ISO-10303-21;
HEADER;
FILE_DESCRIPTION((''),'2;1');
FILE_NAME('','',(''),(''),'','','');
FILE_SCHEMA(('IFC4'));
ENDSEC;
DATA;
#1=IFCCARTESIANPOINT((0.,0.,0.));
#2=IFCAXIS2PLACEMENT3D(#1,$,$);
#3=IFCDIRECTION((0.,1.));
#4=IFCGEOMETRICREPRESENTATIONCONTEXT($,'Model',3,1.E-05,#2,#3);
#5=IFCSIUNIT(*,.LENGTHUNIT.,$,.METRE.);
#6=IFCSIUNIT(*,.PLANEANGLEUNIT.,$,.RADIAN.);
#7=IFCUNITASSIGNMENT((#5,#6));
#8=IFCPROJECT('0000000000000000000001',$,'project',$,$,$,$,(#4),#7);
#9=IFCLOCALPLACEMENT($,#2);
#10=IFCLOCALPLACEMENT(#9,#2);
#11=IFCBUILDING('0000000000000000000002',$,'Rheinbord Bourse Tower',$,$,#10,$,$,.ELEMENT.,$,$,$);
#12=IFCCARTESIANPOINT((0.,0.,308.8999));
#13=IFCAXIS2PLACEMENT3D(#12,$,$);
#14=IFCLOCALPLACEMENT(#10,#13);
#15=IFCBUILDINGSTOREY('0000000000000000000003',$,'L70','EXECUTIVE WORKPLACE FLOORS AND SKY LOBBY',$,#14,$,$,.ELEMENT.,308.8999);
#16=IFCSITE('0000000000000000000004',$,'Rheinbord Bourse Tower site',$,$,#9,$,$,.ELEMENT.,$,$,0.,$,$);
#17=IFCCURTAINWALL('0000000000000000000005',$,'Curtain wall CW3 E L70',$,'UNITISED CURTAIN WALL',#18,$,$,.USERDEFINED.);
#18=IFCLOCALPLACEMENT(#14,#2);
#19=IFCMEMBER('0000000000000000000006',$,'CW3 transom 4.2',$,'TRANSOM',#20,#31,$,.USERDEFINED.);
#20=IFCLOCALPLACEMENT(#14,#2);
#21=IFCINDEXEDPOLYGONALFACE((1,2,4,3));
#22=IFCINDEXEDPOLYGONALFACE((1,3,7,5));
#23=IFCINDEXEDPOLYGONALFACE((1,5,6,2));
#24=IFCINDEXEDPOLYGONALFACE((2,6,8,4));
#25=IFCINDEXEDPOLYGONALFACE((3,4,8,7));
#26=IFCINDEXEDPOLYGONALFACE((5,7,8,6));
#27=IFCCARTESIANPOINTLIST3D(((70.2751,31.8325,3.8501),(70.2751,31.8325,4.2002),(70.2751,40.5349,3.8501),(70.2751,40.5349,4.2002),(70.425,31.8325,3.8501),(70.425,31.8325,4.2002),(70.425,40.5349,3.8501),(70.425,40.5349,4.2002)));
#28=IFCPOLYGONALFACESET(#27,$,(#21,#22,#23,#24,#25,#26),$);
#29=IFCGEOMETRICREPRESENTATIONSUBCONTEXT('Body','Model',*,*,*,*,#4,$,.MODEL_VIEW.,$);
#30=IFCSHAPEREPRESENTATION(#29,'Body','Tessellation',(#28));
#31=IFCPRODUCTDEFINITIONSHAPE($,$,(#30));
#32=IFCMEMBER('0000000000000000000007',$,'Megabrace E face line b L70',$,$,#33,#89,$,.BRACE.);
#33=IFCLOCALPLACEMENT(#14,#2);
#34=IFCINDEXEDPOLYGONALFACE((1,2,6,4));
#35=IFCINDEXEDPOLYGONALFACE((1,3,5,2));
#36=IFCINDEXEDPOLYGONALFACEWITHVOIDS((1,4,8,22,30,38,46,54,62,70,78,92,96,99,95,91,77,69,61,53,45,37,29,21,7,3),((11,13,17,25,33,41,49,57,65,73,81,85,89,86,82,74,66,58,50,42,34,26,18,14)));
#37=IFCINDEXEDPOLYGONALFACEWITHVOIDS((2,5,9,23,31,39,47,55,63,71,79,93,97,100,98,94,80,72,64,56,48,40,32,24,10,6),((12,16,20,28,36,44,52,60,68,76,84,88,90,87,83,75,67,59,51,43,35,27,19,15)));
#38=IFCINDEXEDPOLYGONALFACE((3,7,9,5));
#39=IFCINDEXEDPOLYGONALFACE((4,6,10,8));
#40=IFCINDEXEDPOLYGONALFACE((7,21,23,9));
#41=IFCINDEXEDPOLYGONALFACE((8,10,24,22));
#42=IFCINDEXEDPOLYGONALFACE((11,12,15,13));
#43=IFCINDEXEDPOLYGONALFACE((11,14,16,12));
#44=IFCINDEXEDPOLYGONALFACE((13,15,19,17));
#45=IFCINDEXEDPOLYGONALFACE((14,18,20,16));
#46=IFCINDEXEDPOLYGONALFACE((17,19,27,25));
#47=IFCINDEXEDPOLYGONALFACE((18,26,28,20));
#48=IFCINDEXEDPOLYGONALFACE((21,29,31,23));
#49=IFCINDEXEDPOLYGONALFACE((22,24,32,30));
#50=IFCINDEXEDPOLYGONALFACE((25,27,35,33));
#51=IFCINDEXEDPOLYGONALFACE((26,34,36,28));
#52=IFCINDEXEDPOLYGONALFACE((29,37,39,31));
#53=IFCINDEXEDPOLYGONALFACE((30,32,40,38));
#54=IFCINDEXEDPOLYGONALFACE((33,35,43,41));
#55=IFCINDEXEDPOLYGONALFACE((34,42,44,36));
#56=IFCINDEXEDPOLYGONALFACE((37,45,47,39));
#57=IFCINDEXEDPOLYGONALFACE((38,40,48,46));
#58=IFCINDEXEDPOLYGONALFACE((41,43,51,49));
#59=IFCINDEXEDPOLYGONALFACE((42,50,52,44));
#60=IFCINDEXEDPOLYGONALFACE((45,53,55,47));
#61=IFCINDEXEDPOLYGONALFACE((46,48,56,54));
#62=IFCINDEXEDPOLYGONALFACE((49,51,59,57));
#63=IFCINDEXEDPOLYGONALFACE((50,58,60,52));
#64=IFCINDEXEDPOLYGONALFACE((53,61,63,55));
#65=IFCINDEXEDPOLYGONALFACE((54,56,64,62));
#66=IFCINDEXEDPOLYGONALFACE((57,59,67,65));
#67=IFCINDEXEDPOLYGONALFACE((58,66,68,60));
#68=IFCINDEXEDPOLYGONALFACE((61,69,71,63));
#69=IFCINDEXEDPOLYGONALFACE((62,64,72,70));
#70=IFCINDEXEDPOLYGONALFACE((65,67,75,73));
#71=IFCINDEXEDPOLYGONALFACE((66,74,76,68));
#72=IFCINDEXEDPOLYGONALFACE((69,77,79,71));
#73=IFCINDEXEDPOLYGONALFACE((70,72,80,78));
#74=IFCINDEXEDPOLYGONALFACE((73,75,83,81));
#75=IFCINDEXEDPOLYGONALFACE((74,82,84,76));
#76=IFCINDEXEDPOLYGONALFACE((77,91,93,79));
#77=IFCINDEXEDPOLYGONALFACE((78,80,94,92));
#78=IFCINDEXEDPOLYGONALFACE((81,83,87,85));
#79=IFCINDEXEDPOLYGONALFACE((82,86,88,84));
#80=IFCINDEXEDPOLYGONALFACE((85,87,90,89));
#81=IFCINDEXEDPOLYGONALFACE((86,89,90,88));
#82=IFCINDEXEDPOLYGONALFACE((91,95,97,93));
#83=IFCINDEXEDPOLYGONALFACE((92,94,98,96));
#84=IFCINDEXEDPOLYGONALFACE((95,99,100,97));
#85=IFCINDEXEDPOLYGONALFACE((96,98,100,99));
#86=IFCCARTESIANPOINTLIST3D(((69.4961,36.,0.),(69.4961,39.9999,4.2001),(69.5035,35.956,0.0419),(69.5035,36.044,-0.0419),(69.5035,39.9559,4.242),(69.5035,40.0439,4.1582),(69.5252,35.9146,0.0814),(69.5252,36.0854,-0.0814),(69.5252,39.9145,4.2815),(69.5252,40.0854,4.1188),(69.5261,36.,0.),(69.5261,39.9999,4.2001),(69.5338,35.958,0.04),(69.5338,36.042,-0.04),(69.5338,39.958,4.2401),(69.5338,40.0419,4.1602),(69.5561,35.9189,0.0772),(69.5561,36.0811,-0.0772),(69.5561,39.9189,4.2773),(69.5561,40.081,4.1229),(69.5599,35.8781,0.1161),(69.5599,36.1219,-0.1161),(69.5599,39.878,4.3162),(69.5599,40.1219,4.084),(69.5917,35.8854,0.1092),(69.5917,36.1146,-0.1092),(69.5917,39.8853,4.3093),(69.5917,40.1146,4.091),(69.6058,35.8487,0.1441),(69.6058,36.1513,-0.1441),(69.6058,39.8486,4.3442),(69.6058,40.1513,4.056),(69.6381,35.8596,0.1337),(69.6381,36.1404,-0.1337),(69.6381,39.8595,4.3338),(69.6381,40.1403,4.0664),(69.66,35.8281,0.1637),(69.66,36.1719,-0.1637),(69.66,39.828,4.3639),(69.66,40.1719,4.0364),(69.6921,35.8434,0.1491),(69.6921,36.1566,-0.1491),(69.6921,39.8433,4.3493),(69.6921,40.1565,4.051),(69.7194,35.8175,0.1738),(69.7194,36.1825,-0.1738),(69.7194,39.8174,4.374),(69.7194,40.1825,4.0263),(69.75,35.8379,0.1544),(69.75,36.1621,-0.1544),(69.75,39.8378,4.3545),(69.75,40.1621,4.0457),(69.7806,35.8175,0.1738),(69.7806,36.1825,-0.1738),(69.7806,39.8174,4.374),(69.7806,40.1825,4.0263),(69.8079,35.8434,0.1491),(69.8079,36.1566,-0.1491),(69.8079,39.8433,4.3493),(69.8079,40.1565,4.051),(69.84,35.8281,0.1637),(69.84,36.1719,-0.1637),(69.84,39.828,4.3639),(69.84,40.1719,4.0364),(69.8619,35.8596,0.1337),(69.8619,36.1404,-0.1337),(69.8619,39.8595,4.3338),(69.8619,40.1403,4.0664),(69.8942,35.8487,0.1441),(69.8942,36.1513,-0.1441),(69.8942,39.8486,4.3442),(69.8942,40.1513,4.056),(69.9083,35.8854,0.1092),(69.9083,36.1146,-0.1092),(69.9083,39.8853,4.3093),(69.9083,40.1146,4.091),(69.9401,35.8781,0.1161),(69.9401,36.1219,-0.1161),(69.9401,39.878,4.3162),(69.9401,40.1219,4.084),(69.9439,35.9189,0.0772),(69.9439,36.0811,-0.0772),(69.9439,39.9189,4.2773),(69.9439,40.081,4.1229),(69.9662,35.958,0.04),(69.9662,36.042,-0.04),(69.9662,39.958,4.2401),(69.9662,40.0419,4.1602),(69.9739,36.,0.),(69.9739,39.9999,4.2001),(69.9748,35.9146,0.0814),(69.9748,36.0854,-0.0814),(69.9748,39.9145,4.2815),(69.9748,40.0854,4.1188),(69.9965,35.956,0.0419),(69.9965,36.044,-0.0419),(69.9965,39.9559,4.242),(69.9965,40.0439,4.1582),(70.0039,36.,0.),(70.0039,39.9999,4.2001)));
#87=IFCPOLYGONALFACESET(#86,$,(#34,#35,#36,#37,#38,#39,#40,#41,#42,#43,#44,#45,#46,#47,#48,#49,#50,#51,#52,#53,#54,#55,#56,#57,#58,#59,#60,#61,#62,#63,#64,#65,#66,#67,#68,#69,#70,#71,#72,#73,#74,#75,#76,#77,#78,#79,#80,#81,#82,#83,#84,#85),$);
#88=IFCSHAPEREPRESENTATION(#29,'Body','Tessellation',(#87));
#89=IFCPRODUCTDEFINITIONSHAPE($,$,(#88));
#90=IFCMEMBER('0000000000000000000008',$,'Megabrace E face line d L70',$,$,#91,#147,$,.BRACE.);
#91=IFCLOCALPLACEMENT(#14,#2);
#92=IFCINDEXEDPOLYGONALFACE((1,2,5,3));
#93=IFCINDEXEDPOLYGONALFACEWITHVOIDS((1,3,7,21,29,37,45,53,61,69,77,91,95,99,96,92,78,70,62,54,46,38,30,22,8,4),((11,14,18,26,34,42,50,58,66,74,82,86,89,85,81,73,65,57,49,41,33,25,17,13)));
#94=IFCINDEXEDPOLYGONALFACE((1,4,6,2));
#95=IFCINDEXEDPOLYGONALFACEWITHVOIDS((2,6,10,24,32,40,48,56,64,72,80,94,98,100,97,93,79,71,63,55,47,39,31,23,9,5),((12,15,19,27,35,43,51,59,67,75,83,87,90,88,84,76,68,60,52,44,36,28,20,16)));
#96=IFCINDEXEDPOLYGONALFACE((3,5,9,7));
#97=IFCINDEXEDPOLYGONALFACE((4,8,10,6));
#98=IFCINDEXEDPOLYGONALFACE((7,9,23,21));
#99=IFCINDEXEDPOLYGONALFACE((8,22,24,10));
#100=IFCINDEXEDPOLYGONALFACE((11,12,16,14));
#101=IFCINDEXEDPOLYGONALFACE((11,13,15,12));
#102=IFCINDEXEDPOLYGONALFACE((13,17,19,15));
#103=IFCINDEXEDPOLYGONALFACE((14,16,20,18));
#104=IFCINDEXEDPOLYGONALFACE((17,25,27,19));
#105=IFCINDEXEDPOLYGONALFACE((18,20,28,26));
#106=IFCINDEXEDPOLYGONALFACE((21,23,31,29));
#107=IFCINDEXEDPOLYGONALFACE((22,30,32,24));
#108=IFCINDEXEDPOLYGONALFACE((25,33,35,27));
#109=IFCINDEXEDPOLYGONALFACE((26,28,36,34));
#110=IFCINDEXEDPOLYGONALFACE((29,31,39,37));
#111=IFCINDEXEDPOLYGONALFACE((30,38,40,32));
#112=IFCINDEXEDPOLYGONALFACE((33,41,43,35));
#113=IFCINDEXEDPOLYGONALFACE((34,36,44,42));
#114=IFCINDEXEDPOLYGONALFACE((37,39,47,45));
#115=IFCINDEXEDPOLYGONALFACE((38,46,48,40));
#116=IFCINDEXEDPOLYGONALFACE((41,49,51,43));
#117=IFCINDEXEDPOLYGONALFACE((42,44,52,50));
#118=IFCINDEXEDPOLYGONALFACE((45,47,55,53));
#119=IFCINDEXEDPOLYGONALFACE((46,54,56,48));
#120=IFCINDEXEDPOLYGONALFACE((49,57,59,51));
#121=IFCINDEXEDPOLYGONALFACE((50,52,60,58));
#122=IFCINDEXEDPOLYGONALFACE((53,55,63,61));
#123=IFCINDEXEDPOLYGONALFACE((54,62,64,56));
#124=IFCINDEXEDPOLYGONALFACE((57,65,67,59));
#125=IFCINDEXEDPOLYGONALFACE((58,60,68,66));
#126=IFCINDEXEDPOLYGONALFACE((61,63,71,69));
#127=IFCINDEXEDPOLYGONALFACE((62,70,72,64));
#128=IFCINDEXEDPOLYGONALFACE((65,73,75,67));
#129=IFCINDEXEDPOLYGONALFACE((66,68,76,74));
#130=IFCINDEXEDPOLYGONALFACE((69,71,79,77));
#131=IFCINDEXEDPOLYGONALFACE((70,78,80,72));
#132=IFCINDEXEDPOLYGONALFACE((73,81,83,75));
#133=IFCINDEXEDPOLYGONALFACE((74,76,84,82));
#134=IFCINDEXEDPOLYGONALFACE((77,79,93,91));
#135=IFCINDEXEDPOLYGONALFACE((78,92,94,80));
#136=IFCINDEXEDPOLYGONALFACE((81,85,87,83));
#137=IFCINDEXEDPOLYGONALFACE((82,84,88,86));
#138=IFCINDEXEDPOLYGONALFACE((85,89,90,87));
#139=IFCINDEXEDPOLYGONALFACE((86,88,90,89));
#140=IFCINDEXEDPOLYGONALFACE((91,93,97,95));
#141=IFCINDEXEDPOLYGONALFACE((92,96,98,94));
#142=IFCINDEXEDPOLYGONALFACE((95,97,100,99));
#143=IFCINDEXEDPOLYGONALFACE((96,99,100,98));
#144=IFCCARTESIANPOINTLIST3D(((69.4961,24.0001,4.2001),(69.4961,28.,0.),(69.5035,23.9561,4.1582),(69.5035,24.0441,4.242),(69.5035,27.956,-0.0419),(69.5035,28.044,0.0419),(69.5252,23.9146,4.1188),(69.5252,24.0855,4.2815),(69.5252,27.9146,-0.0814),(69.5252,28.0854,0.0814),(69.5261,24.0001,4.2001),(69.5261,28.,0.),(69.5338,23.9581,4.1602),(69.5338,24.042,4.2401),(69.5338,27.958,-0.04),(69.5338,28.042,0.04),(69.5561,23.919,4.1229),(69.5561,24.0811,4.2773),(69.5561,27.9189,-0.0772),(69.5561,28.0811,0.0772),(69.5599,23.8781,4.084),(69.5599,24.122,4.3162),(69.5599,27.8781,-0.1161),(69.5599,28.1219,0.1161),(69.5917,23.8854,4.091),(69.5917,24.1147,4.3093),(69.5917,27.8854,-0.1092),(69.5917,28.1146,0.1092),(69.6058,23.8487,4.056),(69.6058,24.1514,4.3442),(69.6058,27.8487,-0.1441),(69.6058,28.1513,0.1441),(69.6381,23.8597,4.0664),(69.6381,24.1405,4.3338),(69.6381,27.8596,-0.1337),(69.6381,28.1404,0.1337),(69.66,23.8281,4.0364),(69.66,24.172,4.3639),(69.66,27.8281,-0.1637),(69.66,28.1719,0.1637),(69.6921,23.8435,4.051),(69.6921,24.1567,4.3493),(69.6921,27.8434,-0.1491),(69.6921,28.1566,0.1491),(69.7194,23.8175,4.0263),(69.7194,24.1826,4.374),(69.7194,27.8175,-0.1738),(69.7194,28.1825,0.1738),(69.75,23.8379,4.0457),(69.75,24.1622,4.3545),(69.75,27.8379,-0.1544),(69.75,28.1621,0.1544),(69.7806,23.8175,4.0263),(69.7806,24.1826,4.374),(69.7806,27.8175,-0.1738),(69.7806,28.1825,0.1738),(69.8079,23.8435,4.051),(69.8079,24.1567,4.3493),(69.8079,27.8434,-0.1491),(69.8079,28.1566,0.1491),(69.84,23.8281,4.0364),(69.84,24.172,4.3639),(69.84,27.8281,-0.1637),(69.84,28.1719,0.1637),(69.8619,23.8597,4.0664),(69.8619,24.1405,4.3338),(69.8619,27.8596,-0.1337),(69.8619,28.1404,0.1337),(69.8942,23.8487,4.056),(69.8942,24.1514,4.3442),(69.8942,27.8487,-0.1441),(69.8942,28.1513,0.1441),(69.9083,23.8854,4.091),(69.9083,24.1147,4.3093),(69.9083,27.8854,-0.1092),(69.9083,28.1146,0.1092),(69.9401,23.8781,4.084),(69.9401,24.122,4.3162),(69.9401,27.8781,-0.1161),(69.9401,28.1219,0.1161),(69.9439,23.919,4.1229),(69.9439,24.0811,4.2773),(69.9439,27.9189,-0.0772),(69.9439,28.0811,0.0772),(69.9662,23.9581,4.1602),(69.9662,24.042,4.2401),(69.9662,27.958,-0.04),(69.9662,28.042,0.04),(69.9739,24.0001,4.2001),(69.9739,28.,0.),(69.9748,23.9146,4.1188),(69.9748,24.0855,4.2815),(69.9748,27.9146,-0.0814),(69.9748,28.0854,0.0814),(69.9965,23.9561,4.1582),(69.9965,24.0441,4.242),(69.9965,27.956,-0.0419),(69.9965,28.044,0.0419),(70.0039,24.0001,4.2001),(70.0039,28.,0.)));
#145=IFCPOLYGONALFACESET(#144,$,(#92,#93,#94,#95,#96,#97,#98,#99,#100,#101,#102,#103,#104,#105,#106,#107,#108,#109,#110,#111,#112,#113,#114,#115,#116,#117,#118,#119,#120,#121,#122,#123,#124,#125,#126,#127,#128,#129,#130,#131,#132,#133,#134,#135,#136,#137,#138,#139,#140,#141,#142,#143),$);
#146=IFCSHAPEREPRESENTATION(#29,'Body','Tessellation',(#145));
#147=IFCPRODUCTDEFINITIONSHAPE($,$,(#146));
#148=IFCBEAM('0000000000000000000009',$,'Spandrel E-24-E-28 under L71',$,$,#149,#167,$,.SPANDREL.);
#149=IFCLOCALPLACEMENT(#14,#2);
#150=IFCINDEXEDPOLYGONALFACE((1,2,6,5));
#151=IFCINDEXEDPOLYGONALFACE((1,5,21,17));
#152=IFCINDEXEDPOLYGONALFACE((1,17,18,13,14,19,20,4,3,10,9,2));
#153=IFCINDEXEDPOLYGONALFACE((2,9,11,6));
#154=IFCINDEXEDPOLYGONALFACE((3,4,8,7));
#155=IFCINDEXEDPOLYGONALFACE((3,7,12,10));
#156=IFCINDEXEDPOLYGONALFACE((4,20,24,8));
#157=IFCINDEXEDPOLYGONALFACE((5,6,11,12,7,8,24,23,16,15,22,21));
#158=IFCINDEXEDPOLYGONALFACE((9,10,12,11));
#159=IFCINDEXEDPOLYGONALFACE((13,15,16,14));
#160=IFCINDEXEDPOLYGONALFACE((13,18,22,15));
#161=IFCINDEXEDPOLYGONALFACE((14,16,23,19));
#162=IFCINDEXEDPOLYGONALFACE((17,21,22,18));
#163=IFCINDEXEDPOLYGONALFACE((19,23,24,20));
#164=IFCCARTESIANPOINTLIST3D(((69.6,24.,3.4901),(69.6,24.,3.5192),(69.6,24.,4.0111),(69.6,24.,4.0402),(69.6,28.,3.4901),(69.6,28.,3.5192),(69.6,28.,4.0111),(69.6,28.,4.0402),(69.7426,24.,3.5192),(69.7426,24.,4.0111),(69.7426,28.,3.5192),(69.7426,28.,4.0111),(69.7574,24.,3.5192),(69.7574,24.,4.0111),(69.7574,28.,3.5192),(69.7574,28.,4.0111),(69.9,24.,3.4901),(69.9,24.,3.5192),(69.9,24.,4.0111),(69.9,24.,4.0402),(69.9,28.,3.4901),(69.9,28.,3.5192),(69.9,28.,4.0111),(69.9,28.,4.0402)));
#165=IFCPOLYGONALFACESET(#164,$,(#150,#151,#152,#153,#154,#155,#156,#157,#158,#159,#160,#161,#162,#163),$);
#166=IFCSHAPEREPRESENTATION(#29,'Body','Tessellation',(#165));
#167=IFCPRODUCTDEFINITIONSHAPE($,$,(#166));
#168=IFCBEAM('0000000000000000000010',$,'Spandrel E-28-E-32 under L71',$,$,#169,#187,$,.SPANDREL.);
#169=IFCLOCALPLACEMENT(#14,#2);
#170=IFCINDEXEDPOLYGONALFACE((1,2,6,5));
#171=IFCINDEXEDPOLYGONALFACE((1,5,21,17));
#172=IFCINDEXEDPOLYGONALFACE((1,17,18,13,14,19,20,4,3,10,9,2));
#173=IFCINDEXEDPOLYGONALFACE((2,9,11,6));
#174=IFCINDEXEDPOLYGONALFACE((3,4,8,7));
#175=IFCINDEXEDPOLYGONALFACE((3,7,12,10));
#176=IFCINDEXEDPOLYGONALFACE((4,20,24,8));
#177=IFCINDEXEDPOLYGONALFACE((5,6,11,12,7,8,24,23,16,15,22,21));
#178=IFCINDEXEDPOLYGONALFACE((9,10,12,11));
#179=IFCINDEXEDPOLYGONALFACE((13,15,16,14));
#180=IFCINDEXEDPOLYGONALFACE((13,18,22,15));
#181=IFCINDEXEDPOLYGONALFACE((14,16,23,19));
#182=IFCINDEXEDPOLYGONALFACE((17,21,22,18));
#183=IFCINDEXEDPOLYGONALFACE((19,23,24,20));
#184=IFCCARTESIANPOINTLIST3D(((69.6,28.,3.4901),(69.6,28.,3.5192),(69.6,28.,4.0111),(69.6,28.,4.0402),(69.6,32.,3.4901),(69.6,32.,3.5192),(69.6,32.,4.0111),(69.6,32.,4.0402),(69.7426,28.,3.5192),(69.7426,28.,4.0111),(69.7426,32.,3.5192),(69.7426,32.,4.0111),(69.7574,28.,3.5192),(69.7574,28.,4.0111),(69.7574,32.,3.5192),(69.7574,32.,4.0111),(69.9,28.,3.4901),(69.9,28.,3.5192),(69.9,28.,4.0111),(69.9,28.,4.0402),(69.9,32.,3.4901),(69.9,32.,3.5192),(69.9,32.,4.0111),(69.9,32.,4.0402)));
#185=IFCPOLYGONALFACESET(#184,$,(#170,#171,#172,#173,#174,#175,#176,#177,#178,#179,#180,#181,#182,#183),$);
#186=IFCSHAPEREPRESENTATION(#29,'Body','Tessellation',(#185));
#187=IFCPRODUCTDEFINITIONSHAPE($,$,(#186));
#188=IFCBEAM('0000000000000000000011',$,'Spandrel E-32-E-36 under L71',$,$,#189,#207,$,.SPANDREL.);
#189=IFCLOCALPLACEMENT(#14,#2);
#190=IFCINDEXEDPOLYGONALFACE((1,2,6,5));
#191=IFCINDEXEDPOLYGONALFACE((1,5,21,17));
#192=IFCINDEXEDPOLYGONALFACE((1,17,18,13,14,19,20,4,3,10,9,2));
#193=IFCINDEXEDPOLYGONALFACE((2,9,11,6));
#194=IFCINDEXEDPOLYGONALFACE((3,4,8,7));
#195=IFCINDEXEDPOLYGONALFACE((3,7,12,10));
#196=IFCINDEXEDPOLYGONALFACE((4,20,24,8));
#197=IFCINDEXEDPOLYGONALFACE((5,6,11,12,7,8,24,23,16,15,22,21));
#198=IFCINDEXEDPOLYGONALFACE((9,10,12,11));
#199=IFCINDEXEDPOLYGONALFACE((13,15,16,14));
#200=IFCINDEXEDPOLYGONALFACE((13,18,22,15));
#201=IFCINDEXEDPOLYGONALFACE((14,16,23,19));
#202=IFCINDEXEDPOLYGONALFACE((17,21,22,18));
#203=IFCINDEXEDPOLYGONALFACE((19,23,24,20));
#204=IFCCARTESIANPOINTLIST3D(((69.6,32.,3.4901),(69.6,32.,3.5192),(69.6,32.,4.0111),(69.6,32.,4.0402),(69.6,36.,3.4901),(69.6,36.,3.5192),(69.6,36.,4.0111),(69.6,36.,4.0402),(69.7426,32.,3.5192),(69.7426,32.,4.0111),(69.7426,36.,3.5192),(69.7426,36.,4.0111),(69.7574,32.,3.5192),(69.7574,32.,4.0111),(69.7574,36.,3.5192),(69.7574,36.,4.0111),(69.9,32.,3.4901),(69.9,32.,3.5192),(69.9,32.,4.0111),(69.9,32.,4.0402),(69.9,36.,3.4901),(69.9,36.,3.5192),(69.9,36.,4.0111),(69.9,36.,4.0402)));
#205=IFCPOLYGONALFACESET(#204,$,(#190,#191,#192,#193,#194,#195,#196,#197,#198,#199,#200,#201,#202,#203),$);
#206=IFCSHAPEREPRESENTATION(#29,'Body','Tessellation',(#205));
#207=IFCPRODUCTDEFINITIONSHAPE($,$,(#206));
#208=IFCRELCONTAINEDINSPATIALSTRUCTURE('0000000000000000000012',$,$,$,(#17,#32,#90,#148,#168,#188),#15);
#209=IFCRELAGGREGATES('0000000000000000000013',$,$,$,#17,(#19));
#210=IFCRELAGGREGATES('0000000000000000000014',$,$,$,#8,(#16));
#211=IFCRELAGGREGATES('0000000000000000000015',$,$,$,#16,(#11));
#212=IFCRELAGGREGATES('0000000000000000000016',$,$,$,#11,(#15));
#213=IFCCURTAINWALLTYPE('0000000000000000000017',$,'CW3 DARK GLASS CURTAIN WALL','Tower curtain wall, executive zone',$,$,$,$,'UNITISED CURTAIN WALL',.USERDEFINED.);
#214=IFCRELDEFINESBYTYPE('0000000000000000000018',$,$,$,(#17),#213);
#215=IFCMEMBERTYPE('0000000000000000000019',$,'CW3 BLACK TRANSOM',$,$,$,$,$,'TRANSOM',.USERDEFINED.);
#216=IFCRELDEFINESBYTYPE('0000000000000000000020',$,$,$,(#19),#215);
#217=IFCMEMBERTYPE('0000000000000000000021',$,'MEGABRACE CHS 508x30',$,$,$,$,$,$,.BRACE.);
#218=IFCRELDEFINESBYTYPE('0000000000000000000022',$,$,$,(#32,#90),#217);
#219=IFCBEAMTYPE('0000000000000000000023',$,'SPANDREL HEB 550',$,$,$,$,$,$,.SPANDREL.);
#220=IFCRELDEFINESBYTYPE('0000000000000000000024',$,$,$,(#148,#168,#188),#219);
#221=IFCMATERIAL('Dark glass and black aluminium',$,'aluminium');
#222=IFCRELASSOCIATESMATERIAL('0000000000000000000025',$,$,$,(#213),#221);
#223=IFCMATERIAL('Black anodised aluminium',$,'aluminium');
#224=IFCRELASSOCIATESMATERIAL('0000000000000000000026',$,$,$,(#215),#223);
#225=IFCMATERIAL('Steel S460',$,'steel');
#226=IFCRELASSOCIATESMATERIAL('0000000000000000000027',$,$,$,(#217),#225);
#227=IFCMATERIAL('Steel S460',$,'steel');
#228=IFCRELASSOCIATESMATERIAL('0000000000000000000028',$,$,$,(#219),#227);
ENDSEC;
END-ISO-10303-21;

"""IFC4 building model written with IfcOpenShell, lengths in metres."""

from ifc_helpers import new_model, si_unit, direction, frame, origin, origin_2d, place, context, subcontext, project, spatial, rectangle, hollow_circle, i_section, extrude, material, material_profile, profile_set, type_object, element, aggregate, save


model = new_model("IFC4")

# Units and contexts
model_context = context("Model", 3, precision=1e-05, world=origin(), true_north=direction((0.0, 1.0)))
body_context = subcontext(model_context, "Body", "Model", "MODEL_VIEW")
ifc_project = project(units=[si_unit("LENGTHUNIT", "METRE"), si_unit("PLANEANGLEUNIT", "RADIAN")], contexts=[model_context])

# Site, building, storey
site_placement = place(None, origin())
site = spatial("IfcSite", under=ifc_project, at=site_placement, Name="Rheinbord Bourse Tower site", CompositionType="ELEMENT", RefElevation=0.0)
building_placement = place(site_placement, origin())
building = spatial("IfcBuilding", under=site, at=building_placement, Name="Rheinbord Bourse Tower", CompositionType="ELEMENT")
storey_placement = place(building_placement, frame((0.0, 0.0, 308.8999)))
storey = spatial("IfcBuildingStorey", under=building, at=storey_placement, Name="L70", Description="EXECUTIVE WORKPLACE FLOORS AND SKY LOBBY", CompositionType="ELEMENT", Elevation=308.8999)

# Curtain wall, member
ifc_material_1 = material(Name="Dark glass and black aluminium", Category="aluminium")
curtain_wall_type = type_object("IfcCurtainWallType", Name="CW3 DARK GLASS CURTAIN WALL", Description="Tower curtain wall, executive zone", ElementType="UNITISED CURTAIN WALL", PredefinedType="USERDEFINED", material=ifc_material_1)
curtain_wall_placement = place(storey_placement, origin())
curtain_wall = element("IfcCurtainWall", 1, at=curtain_wall_placement, inside=storey, type_object=curtain_wall_type, Name="Curtain wall CW3 E L70", ObjectType="UNITISED CURTAIN WALL", PredefinedType="USERDEFINED")
ifc_material_2 = material(Name="Black anodised aluminium", Category="aluminium")
ifc_material_profile_1 = material_profile(ifc_material_2, rectangle(XDim=0.1499, YDim=0.3501, at=origin_2d()), Name="CW3 TRANSOM 350x150")
ifc_profile_set_1 = profile_set([ifc_material_profile_1], Name="Black anodised aluminium")
member_type_1 = type_object("IfcMemberType", Name="CW3 BLACK TRANSOM", ElementType="TRANSOM", PredefinedType="USERDEFINED", material=ifc_profile_set_1)
member_1_placement = place(storey_placement, frame((70.3501, 31.8325, 4.0251), z_axis=(0.0, 1.0, 0.0), x_axis=(-1.0, 0.0, 0.0)))
member_1 = element("IfcMember", 2, at=member_1_placement, type_object=member_type_1, Name="CW3 transom 4.2", ObjectType="TRANSOM", PredefinedType="USERDEFINED", context=body_context, shape_type="SweptSolid", body=[
    extrude(rectangle(XDim=0.1499, YDim=0.3501, at=origin_2d()), origin(), (0.0, 0.0, 1.0), 8.7024),
])

# Members
ifc_material_3 = material(Name="Steel S460", Category="steel")
ifc_material_profile_2 = material_profile(ifc_material_3, hollow_circle(Radius=0.2539, WallThickness=0.03, at=origin_2d()), Name="CHS 508x30")
ifc_profile_set_2 = profile_set([ifc_material_profile_2], Name="Steel S460")
member_type_2 = type_object("IfcMemberType", Name="MEGABRACE CHS 508x30", PredefinedType="BRACE", material=ifc_profile_set_2)
for number, where, z_axis, x_axis, name in (
    (3, (69.75, 36.0, 0.0), (0.0, 0.689638, 0.724154), (-1.0, 0.0, 0.0), "Megabrace E face line b L70"),
    (4, (69.75, 28.0, 0.0), (0.0, -0.689638, 0.724154), (1.0, 0.0, 0.0), "Megabrace E face line d L70"),
):
    element("IfcMember", number, at=place(storey_placement, frame(where, z_axis=z_axis, x_axis=x_axis)), inside=storey, type_object=member_type_2, Name=name, PredefinedType="BRACE", context=body_context, shape_type="SweptSolid", body=[
        extrude(hollow_circle(Radius=0.2539, WallThickness=0.03, at=origin_2d()), origin(), (0.0, 0.0, 1.0), 5.8),
    ])

# Beams
ifc_material_4 = material(Name="Steel S460", Category="steel")
ifc_material_profile_3 = material_profile(ifc_material_4, i_section(OverallWidth=0.3, OverallDepth=0.55, WebThickness=0.0149, FlangeThickness=0.0291, at=origin_2d()), Name="HEB 550")
ifc_profile_set_3 = profile_set([ifc_material_profile_3], Name="Steel S460")
beam_type_1 = type_object("IfcBeamType", Name="SPANDREL HEB 550", PredefinedType="SPANDREL", material=ifc_profile_set_3)
for number, where, z_axis, x_axis, name in (
    (5, (69.75, 24.0, 3.7651), (0.0, 1.0, 0.0), (-1.0, 0.0, 0.0), "Spandrel E-24-E-28 under L71"),
    (6, (69.75, 28.0, 3.7651), (0.0, 1.0, 0.0), (-1.0, 0.0, 0.0), "Spandrel E-28-E-32 under L71"),
    (7, (69.75, 32.0, 3.7651), (0.0, 1.0, 0.0), (-1.0, 0.0, 0.0), "Spandrel E-32-E-36 under L71"),
):
    element("IfcBeam", number, at=place(storey_placement, frame(where, z_axis=z_axis, x_axis=x_axis)), inside=storey, type_object=beam_type_1, Name=name, PredefinedType="SPANDREL", context=body_context, shape_type="SweptSolid", body=[
        extrude(i_section(OverallWidth=0.3, OverallDepth=0.55, WebThickness=0.0149, FlangeThickness=0.0291, at=origin_2d()), origin(), (0.0, 0.0, 1.0), 4.0),
    ])

aggregate(curtain_wall, [member_1])

save(model, "model.ifc")
